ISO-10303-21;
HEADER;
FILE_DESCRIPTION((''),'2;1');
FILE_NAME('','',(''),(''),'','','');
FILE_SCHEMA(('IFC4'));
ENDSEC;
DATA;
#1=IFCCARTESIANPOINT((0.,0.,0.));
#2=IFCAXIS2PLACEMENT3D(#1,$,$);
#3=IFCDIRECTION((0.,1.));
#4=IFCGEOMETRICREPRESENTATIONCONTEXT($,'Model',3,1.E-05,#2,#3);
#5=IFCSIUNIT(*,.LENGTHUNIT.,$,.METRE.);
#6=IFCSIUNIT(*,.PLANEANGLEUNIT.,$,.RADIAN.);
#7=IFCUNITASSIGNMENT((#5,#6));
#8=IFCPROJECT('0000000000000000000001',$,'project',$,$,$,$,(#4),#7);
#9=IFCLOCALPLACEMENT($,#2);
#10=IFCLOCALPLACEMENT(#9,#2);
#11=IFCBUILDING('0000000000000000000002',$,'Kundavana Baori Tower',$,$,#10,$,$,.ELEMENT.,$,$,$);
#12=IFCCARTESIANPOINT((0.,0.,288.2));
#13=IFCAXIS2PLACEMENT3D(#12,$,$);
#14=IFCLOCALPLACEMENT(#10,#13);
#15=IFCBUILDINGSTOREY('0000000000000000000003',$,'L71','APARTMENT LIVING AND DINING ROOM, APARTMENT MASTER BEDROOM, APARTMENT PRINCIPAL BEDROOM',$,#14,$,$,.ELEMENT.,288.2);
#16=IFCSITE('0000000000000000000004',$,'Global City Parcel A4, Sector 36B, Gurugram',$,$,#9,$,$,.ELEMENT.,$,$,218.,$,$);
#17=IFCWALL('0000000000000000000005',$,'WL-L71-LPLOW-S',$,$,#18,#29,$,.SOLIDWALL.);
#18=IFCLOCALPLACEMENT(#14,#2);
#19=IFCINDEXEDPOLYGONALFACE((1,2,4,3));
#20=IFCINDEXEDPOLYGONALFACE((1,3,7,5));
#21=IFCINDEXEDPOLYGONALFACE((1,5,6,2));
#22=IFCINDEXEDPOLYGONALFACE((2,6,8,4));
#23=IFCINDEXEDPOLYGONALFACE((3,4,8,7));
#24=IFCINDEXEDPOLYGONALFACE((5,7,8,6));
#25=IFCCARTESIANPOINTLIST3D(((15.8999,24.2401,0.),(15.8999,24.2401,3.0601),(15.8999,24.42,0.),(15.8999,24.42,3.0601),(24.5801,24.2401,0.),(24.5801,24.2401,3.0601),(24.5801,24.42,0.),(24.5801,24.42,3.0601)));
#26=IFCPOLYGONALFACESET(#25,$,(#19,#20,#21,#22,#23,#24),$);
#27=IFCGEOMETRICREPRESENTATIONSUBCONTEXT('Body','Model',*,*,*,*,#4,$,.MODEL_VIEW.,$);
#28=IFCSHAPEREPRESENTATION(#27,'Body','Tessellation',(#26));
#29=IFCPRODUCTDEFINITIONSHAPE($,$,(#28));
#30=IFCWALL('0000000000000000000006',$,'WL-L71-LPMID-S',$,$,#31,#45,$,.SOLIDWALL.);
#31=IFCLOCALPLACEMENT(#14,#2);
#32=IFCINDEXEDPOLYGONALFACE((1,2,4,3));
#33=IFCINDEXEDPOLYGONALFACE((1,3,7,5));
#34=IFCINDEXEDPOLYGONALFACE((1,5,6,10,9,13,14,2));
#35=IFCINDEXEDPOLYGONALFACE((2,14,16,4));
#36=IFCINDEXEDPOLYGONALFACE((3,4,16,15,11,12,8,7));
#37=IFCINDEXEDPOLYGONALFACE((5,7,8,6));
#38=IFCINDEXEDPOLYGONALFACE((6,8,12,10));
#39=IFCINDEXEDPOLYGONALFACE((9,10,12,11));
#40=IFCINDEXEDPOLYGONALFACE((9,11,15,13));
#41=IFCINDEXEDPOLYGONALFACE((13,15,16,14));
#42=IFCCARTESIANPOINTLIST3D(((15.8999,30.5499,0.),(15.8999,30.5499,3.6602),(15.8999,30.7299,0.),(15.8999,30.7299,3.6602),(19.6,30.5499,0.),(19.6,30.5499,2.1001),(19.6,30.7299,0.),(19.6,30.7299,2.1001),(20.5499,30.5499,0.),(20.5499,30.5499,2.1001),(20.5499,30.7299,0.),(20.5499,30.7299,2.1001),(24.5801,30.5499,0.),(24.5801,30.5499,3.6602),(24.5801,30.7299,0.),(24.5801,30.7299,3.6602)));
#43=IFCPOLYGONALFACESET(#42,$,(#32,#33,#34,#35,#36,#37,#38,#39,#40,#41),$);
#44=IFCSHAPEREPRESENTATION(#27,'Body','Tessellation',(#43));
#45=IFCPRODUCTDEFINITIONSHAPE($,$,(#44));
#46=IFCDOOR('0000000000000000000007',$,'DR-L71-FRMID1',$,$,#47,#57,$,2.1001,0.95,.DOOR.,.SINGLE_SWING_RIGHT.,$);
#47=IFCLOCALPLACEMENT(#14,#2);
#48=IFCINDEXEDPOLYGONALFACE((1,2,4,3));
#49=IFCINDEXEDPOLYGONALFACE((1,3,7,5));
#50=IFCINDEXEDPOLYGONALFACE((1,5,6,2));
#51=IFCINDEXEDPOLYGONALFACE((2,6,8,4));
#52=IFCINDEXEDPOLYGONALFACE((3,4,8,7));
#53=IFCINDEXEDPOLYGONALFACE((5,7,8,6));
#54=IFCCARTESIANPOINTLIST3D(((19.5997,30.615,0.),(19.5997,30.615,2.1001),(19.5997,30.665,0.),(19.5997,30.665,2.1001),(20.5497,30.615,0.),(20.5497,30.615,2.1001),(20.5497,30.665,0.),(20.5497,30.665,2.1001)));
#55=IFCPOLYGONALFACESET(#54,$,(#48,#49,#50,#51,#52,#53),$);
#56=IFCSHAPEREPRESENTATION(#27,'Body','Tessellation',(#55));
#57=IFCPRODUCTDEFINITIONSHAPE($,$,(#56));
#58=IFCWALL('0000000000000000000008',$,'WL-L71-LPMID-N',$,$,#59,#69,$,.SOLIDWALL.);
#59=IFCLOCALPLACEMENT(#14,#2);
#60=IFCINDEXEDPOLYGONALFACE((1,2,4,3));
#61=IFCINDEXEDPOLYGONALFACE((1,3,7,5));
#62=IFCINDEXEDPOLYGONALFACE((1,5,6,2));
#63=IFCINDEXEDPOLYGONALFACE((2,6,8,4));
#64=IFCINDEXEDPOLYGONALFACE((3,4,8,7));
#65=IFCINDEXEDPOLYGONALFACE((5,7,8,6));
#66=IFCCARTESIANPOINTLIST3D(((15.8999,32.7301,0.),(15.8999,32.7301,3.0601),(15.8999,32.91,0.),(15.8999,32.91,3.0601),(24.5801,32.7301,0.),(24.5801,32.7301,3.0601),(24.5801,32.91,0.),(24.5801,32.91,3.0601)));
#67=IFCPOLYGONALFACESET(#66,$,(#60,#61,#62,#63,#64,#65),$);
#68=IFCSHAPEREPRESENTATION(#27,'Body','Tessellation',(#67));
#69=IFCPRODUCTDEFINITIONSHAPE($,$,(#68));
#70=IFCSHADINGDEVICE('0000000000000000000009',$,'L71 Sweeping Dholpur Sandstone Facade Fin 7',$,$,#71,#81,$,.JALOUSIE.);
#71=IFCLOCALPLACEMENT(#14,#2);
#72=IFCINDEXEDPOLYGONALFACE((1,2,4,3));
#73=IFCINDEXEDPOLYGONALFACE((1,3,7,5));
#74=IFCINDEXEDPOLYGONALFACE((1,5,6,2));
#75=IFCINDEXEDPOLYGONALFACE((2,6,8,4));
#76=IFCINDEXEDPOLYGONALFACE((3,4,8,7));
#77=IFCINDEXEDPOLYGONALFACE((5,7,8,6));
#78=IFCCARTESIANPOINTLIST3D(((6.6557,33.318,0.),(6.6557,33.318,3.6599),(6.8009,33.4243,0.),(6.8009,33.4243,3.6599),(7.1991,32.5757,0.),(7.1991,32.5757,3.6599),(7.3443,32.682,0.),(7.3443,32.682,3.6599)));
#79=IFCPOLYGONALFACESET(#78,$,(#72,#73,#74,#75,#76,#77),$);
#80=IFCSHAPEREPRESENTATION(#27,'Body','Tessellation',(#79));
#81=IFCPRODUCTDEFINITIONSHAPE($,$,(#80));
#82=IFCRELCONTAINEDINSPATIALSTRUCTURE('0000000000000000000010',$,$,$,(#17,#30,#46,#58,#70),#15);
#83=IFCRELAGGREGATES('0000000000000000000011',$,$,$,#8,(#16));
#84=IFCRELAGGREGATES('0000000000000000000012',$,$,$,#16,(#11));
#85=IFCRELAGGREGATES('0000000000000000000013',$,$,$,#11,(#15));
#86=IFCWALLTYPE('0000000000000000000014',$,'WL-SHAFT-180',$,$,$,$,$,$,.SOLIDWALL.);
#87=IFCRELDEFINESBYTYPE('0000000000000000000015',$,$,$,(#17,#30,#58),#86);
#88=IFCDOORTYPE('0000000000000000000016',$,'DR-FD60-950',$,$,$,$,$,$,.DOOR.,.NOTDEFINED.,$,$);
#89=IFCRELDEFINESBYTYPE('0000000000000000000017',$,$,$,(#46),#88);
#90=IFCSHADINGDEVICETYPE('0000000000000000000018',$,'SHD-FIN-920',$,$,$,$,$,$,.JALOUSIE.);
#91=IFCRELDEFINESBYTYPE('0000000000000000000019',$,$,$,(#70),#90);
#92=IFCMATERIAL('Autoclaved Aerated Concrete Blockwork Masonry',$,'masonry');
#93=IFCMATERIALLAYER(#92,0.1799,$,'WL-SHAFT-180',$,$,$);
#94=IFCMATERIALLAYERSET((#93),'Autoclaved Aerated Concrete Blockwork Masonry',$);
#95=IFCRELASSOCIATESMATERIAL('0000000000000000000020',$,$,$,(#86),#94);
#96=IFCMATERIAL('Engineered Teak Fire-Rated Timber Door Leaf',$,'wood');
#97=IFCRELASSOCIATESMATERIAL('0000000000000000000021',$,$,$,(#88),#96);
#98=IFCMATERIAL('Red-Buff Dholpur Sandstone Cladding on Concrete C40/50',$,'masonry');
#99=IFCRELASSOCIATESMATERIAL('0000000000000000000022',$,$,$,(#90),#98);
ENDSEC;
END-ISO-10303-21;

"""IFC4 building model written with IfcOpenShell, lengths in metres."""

from ifc_helpers import new_model, si_unit, direction, frame, frame_2d, origin, origin_2d, place, context, subcontext, project, spatial, rectangle, extrude, material, layer, layer_set, type_object, element, fill, save


model = new_model("IFC4")

# Units and contexts
model_context = context("Model", 3, precision=1e-05, world=origin(), true_north=direction((0.0, 1.0)))
body_context = subcontext(model_context, "Body", "Model", "MODEL_VIEW")
ifc_project = project(units=[si_unit("LENGTHUNIT", "METRE"), si_unit("PLANEANGLEUNIT", "RADIAN")], contexts=[model_context])

# Site, building, storey
site_placement = place(None, origin())
site = spatial("IfcSite", under=ifc_project, at=site_placement, Name="Global City Parcel A4, Sector 36B, Gurugram", CompositionType="ELEMENT", RefElevation=218.0)
building_placement = place(site_placement, origin())
building = spatial("IfcBuilding", under=site, at=building_placement, Name="Kundavana Baori Tower", CompositionType="ELEMENT")
storey_placement = place(building_placement, frame((0.0, 0.0, 288.2)))
storey = spatial("IfcBuildingStorey", under=building, at=storey_placement, Name="L71", Description="APARTMENT LIVING AND DINING ROOM, APARTMENT MASTER BEDROOM, APARTMENT PRINCIPAL BEDROOM", CompositionType="ELEMENT", Elevation=288.2)

# Shared definitions
ifc_material_1 = material(Name="Autoclaved Aerated Concrete Blockwork Masonry", Category="masonry")
ifc_layer_1 = layer(ifc_material_1, 0.1799, Name="WL-SHAFT-180")
ifc_layer_set_1 = layer_set([ifc_layer_1], Name="Autoclaved Aerated Concrete Blockwork Masonry")
wall_type_1 = type_object("IfcWallType", Name="WL-SHAFT-180", PredefinedType="SOLIDWALL", material=ifc_layer_set_1)
ifc_material_2 = material(Name="Engineered Teak Fire-Rated Timber Door Leaf", Category="wood")
door_type_1 = type_object("IfcDoorType", Name="DR-FD60-950", OperationType="NOTDEFINED", PredefinedType="DOOR", material=ifc_material_2)

# Wall
wall_1_placement = place(storey_placement, frame((15.8999, 24.3301, 0.0), z_axis=(0.0, 0.0, 1.0), x_axis=(1.0, 0.0, 0.0)))
element("IfcWall", 1, at=wall_1_placement, inside=storey, type_object=wall_type_1, Name="WL-L71-LPLOW-S", PredefinedType="SOLIDWALL", context=body_context, shape_type="SweptSolid", body=[
    extrude(rectangle(XDim=8.6802, YDim=0.1799, at=frame_2d((4.3401, 0.0))), origin(), (0.0, 0.0, 1.0), 3.0601),
])

# Wall, opening, door
wall_2_placement = place(storey_placement, frame((15.8999, 30.6399, 0.0), z_axis=(0.0, 0.0, 1.0), x_axis=(1.0, 0.0, 0.0)))
wall_2 = element("IfcWall", 2, at=wall_2_placement, inside=storey, type_object=wall_type_1, Name="WL-L71-LPMID-S", PredefinedType="SOLIDWALL", context=body_context, shape_type="SweptSolid", body=[
    extrude(rectangle(XDim=8.6802, YDim=0.1799, at=frame_2d((4.3401, 0.0))), origin(), (0.0, 0.0, 1.0), 3.6602),
])
opening_1_placement = place(wall_2_placement, frame((3.7, 0.0, 0.0)))
opening_1 = element("IfcOpeningElement", 3, at=opening_1_placement, cuts=wall_2, PredefinedType="OPENING", context=body_context, shape_type="SweptSolid", body=[
    extrude(rectangle(XDim=0.95, YDim=2.1001, at=frame_2d((0.4751, 1.05))), frame((0.0, 0.1001, 0.0), z_axis=(0.0, -1.0, 0.0), x_axis=(1.0, 0.0, 0.0)), (0.0, 0.0, 1.0), 0.2),
])
door_1_placement = place(opening_1_placement, frame((0.95, 0.0, 0.0), z_axis=(0.0, 0.0, 1.0), x_axis=(-1.0, 0.0, 0.0)))
door_1 = element("IfcDoor", 4, at=door_1_placement, inside=storey, type_object=door_type_1, Name="DR-L71-FRMID1", OperationType="SINGLE_SWING_RIGHT", OverallHeight=2.1001, OverallWidth=0.95, PredefinedType="DOOR", context=body_context, shape_type="SweptSolid", body=[
    extrude(rectangle(XDim=0.95, YDim=2.1001, at=frame_2d((0.4751, 1.05))), frame((0.0, 0.0249, 0.0), z_axis=(0.0, -1.0, 0.0), x_axis=(1.0, 0.0, 0.0)), (0.0, 0.0, 1.0), 0.05),
])
fill(opening_1, door_1)

# Wall
wall_3_placement = place(storey_placement, frame((15.8999, 32.8201, 0.0), z_axis=(0.0, 0.0, 1.0), x_axis=(1.0, 0.0, 0.0)))
element("IfcWall", 5, at=wall_3_placement, inside=storey, type_object=wall_type_1, Name="WL-L71-LPMID-N", PredefinedType="SOLIDWALL", context=body_context, shape_type="SweptSolid", body=[
    extrude(rectangle(XDim=8.6802, YDim=0.1799, at=frame_2d((4.3401, 0.0))), origin(), (0.0, 0.0, 1.0), 3.0601),
])

# Shading device
ifc_material_3 = material(Name="Red-Buff Dholpur Sandstone Cladding on Concrete C40/50", Category="masonry")
shading_device_type = type_object("IfcShadingDeviceType", Name="SHD-FIN-920", PredefinedType="JALOUSIE", material=ifc_material_3)
shading_device_placement = place(storey_placement, frame((7.0, 33.0, 0.0), z_axis=(0.0, 0.0, 1.0), x_axis=(0.806857, 0.590746, 0.0)))
element("IfcShadingDevice", 6, at=shading_device_placement, inside=storey, type_object=shading_device_type, Name="L71 Sweeping Dholpur Sandstone Facade Fin 7", PredefinedType="JALOUSIE", context=body_context, shape_type="SweptSolid", body=[
    extrude(rectangle(XDim=0.1799, YDim=0.9199, at=origin_2d()), origin(), (0.0, 0.0, 1.0), 3.6599),
])

save(model, "model.ifc")
